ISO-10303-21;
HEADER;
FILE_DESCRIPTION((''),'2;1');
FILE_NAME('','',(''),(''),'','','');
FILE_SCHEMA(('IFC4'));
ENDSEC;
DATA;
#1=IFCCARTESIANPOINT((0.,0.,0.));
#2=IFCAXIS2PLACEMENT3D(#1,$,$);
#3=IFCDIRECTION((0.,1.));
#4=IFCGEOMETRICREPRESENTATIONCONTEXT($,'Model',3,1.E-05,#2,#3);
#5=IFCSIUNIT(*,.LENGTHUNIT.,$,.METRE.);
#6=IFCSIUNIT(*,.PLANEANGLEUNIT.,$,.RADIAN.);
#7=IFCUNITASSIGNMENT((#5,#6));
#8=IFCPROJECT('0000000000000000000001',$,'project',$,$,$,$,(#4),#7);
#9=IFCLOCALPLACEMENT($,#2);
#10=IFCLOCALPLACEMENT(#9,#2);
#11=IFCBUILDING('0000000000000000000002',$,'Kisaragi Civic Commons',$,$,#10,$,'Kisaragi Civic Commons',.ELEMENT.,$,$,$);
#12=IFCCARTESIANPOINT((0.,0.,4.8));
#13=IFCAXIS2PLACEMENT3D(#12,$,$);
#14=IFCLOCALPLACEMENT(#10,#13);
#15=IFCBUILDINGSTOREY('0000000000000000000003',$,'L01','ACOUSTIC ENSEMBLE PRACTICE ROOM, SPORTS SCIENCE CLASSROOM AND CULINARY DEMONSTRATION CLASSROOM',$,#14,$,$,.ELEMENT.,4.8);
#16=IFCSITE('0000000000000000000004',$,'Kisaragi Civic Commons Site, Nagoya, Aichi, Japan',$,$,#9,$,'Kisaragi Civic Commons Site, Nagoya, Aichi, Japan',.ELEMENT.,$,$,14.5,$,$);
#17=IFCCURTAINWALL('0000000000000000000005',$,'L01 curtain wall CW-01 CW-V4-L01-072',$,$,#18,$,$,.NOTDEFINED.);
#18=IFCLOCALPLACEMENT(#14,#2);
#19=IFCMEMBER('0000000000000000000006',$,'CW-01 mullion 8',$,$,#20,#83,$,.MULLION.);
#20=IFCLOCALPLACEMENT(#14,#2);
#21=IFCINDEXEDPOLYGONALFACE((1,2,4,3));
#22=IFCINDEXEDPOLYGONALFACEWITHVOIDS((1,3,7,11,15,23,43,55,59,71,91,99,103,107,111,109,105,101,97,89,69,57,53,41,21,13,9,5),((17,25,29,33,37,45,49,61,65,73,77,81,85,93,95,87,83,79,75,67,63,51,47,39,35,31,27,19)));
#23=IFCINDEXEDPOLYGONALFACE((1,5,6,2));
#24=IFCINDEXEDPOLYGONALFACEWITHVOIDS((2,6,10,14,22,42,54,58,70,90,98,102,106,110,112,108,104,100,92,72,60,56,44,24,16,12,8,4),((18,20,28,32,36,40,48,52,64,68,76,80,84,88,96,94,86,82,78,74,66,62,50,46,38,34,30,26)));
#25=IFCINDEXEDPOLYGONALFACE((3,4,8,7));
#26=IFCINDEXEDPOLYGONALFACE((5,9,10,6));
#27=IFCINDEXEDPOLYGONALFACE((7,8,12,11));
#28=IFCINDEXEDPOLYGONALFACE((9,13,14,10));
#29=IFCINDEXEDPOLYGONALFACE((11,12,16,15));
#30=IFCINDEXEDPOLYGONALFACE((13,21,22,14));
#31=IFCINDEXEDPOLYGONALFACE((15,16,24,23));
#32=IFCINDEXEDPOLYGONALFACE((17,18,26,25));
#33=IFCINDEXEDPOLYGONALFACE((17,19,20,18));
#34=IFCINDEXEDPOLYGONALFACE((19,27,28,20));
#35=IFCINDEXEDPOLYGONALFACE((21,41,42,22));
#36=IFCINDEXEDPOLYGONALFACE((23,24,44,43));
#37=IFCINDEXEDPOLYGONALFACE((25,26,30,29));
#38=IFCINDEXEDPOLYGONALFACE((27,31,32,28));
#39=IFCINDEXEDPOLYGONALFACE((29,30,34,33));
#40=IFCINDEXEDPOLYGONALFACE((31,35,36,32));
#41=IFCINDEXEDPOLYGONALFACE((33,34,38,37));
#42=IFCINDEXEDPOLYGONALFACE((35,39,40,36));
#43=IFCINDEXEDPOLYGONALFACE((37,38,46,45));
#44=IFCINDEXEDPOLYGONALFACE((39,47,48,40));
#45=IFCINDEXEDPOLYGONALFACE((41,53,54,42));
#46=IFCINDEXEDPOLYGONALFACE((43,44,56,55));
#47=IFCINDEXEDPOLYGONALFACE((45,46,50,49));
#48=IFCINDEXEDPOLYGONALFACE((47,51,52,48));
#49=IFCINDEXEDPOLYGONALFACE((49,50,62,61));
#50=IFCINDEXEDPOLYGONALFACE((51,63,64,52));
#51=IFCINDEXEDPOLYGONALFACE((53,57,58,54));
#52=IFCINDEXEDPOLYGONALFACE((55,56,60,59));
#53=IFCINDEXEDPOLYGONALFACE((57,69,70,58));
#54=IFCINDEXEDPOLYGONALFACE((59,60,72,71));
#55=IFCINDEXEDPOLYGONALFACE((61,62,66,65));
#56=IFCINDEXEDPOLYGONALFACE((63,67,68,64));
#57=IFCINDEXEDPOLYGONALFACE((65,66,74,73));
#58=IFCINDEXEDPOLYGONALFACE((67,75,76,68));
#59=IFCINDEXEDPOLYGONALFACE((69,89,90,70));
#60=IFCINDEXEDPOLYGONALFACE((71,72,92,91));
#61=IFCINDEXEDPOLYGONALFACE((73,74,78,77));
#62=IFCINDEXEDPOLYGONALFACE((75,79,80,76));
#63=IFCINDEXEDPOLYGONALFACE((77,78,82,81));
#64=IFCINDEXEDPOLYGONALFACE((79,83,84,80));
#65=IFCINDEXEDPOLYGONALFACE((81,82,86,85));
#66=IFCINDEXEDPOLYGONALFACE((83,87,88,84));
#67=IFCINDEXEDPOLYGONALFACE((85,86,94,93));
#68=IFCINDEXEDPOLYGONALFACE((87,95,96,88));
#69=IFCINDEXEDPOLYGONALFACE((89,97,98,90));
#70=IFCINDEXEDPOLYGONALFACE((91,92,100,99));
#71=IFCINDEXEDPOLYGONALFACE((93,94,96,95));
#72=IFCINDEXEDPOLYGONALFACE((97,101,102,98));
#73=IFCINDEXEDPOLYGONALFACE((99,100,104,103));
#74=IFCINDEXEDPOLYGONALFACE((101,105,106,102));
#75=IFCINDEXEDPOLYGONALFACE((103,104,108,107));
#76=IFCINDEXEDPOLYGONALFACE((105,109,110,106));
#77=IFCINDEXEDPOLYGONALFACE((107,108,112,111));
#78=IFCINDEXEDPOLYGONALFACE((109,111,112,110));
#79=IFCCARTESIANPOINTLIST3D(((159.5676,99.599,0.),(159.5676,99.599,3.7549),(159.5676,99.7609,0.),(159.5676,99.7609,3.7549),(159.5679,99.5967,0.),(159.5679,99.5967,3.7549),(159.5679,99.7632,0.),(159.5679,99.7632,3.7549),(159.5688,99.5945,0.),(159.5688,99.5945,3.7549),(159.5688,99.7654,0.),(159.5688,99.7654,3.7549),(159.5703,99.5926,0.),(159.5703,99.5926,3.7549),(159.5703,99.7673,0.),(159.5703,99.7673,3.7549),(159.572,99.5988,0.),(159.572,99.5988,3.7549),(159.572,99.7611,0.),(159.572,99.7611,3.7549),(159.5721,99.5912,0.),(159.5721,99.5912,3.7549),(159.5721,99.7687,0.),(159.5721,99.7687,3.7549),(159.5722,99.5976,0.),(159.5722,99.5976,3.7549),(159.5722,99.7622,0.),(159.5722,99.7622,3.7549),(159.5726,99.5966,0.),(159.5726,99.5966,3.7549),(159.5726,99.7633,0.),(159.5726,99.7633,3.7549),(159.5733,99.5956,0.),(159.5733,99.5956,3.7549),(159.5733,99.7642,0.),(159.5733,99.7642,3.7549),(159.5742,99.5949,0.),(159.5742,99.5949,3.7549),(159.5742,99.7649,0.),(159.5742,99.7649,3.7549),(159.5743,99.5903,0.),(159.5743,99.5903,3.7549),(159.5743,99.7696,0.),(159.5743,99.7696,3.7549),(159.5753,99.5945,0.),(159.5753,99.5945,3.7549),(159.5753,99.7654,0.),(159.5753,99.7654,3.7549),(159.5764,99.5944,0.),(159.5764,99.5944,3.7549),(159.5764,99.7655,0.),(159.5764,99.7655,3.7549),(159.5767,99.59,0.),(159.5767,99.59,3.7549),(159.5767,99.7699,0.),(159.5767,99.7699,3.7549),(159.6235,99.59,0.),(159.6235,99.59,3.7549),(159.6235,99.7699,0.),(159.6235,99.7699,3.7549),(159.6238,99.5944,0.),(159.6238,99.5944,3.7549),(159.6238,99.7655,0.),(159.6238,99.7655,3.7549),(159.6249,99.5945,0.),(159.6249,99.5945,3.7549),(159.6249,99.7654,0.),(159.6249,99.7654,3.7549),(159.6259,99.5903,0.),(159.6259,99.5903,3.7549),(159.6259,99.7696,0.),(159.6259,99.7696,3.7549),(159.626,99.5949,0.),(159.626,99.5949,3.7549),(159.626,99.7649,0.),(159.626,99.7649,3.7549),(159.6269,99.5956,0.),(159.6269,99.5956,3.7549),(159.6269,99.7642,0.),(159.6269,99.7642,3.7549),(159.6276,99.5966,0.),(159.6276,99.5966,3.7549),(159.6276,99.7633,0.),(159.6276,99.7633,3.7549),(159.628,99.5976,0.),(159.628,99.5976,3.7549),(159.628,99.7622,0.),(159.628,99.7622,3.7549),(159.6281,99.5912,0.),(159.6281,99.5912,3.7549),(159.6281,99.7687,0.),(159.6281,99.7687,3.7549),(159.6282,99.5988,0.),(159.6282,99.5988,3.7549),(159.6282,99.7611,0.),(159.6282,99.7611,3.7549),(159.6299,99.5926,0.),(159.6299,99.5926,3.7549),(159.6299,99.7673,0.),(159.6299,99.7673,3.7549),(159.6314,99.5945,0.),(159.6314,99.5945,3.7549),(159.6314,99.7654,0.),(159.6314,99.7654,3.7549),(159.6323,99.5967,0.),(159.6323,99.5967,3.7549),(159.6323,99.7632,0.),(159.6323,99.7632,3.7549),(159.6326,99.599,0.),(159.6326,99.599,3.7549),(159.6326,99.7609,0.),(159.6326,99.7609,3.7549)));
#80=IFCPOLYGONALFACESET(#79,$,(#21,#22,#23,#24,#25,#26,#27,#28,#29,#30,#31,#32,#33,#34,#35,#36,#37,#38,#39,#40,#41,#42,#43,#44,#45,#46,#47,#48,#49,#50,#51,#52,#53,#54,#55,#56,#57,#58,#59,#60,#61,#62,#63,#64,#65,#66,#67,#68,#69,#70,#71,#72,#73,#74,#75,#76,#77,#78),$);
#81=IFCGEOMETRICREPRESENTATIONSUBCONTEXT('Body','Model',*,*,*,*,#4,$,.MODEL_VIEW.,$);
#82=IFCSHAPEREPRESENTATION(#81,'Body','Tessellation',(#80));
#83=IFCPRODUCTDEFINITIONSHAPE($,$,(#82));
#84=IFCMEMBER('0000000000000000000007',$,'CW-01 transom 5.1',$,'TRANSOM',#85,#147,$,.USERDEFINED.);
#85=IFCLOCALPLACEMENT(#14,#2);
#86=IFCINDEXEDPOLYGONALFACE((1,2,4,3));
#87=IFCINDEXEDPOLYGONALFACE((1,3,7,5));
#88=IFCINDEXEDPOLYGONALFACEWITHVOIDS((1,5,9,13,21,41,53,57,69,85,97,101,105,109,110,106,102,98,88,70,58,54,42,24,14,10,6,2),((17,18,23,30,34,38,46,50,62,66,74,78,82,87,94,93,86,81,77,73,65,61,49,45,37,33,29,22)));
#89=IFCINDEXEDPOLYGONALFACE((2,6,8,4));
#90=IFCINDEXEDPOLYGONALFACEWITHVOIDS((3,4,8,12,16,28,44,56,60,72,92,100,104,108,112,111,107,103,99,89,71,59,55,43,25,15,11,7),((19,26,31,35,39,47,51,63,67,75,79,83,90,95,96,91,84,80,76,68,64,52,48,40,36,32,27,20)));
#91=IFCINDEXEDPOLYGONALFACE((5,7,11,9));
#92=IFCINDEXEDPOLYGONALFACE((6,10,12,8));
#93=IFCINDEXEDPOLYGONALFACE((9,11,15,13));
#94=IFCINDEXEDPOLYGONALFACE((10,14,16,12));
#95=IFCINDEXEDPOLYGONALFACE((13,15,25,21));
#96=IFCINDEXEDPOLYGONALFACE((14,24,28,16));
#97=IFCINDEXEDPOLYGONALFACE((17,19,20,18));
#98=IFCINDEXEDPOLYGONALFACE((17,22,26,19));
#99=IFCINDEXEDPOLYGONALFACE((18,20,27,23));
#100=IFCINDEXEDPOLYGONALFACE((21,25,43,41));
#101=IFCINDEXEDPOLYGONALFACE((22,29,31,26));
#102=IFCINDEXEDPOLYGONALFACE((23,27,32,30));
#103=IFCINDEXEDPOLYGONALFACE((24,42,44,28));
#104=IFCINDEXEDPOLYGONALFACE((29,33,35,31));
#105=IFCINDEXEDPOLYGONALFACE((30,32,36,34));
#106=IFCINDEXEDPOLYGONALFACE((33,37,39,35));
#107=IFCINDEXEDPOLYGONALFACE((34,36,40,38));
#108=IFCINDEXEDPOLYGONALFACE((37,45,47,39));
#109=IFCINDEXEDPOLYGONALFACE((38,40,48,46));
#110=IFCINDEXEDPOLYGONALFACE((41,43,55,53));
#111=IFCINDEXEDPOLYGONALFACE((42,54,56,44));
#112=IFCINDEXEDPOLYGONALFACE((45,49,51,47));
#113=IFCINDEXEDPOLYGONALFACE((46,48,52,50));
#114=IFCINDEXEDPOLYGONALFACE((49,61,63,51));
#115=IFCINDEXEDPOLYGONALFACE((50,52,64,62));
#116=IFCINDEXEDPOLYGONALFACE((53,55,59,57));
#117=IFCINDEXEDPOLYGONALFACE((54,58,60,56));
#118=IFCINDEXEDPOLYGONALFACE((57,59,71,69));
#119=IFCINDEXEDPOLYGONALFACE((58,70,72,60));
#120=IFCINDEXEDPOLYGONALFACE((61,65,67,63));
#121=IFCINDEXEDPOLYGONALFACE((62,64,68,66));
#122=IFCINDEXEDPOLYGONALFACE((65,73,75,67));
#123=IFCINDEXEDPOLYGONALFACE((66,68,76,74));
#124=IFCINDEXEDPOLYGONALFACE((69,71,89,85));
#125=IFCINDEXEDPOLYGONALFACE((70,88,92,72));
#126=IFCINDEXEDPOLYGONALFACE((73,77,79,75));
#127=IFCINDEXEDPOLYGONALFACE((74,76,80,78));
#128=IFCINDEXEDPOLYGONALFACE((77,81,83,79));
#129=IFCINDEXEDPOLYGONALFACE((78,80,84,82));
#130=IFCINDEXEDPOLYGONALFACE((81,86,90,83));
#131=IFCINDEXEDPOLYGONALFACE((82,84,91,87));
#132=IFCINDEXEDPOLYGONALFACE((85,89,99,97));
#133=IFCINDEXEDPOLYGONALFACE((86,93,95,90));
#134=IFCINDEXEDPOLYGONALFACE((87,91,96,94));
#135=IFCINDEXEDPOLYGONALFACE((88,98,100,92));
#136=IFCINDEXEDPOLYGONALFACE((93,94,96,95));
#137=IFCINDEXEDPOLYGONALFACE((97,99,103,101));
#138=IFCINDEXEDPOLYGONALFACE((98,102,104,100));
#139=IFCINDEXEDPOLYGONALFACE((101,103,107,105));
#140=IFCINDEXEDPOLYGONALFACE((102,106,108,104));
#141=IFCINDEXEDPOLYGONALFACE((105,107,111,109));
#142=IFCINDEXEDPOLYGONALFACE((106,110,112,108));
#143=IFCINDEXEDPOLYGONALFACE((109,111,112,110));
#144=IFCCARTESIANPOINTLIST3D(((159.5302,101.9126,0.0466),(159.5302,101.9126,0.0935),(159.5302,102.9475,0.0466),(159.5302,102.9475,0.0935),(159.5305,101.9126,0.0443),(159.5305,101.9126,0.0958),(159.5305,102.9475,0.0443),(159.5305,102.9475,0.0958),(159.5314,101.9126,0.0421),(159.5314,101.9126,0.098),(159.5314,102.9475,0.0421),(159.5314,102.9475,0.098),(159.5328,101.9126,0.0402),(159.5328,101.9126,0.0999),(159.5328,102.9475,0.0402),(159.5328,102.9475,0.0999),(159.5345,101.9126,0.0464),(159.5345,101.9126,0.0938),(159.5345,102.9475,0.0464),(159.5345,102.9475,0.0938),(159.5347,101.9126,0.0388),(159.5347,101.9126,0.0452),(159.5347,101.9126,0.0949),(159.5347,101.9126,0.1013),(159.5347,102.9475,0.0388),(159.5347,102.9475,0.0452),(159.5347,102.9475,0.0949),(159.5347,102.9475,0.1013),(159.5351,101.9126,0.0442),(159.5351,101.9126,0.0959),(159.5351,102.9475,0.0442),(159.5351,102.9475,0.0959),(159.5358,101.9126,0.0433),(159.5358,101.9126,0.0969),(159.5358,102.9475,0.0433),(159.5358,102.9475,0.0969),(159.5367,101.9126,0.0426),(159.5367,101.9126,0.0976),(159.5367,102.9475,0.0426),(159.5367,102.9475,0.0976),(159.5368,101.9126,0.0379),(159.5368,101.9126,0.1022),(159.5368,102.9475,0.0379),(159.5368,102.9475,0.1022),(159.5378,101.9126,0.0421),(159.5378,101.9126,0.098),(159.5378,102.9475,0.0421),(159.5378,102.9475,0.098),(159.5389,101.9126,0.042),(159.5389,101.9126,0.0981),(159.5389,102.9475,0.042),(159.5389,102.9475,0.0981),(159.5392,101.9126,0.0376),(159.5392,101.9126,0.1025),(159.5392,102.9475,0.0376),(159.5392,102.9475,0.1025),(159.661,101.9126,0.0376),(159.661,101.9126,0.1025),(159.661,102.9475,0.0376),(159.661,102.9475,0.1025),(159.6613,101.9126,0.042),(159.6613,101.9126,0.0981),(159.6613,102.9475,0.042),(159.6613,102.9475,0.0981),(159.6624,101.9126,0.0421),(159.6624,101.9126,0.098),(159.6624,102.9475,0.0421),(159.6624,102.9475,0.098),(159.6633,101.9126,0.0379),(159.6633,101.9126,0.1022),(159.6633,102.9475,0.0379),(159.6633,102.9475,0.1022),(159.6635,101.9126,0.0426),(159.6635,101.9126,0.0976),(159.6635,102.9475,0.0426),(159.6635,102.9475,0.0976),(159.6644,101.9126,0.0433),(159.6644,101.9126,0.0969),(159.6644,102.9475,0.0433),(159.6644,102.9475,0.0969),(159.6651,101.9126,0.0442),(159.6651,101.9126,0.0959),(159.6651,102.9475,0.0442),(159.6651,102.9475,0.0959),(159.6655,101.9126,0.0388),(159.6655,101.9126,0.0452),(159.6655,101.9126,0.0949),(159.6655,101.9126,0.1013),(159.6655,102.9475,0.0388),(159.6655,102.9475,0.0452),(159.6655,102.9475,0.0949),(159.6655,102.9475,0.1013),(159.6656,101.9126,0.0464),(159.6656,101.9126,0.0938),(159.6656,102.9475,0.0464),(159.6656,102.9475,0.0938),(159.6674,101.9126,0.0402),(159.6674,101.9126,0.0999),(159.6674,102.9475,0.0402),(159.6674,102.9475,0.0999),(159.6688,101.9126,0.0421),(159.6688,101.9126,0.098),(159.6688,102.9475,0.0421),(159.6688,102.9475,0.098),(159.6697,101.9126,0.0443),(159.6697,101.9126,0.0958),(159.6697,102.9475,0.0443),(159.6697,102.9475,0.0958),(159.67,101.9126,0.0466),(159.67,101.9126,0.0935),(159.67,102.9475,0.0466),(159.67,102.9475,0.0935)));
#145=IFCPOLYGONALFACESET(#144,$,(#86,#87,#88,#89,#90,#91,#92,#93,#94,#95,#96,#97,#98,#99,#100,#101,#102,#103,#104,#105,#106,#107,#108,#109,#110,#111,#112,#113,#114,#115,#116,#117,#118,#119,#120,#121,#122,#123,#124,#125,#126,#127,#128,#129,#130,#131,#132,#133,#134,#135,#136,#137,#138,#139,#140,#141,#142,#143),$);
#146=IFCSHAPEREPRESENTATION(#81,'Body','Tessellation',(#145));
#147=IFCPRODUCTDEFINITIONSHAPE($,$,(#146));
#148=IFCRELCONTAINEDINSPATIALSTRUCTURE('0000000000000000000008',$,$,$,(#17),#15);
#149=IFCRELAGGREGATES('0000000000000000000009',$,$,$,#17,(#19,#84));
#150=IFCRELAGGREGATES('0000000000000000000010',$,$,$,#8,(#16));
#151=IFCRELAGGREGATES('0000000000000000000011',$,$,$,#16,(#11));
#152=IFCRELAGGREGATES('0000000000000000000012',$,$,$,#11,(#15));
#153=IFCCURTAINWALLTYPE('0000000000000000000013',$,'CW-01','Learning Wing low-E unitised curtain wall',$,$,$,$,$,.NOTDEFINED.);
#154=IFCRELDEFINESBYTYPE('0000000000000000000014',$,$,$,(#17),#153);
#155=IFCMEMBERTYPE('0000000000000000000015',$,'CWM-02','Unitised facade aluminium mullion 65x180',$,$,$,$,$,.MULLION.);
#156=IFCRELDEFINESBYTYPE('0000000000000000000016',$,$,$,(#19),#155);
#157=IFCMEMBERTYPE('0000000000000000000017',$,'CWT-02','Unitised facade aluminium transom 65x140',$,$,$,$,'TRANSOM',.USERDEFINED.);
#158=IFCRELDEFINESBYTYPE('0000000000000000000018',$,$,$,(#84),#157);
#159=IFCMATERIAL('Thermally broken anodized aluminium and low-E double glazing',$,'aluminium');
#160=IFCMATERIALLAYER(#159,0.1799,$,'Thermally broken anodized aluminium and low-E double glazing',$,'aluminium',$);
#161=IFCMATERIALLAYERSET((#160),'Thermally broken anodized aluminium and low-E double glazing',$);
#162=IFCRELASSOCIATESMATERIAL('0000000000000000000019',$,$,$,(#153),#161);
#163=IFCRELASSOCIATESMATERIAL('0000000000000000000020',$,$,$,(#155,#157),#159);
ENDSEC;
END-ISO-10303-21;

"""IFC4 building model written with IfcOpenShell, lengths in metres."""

from ifc_helpers import new_model, si_unit, direction, frame, origin, origin_2d, place, context, subcontext, project, spatial, hollow_rectangle, extrude, material, layer, layer_set, material_profile, profile_set, type_object, element, aggregate, save


model = new_model("IFC4")

# Units and contexts
model_context = context("Model", 3, precision=1e-05, world=origin(), true_north=direction((0.0, 1.0)))
body_context = subcontext(model_context, "Body", "Model", "MODEL_VIEW")
ifc_project = project(units=[si_unit("LENGTHUNIT", "METRE"), si_unit("PLANEANGLEUNIT", "RADIAN")], contexts=[model_context])

# Site, building, storey
site_placement = place(None, origin())
site = spatial("IfcSite", under=ifc_project, at=site_placement, Name="Kisaragi Civic Commons Site, Nagoya, Aichi, Japan", LongName="Kisaragi Civic Commons Site, Nagoya, Aichi, Japan", CompositionType="ELEMENT", RefElevation=14.5)
building_placement = place(site_placement, origin())
building = spatial("IfcBuilding", under=site, at=building_placement, Name="Kisaragi Civic Commons", LongName="Kisaragi Civic Commons", CompositionType="ELEMENT")
storey_placement = place(building_placement, frame((0.0, 0.0, 4.8)))
storey = spatial("IfcBuildingStorey", under=building, at=storey_placement, Name="L01", Description="ACOUSTIC ENSEMBLE PRACTICE ROOM, SPORTS SCIENCE CLASSROOM AND CULINARY DEMONSTRATION CLASSROOM", CompositionType="ELEMENT", Elevation=4.8)

# Curtain wall, members
ifc_material = material(Name="Thermally broken anodized aluminium and low-E double glazing", Category="aluminium")
ifc_layer_1 = layer(ifc_material, 0.1799, Name="Thermally broken anodized aluminium and low-E double glazing", Category="aluminium")
ifc_layer_set_1 = layer_set([ifc_layer_1], Name="Thermally broken anodized aluminium and low-E double glazing")
curtain_wall_type = type_object("IfcCurtainWallType", Name="CW-01", Description="Learning Wing low-E unitised curtain wall", PredefinedType="NOTDEFINED", material=ifc_layer_set_1)
curtain_wall_placement = place(storey_placement, origin())
curtain_wall = element("IfcCurtainWall", 1, at=curtain_wall_placement, inside=storey, type_object=curtain_wall_type, Name="L01 curtain wall CW-01 CW-V4-L01-072", PredefinedType="NOTDEFINED")
ifc_material_profile_1 = material_profile(ifc_material, hollow_rectangle(XDim=0.0649, YDim=0.1799, WallThickness=0.0044, InnerFilletRadius=0.0044, OuterFilletRadius=0.009, at=origin_2d()), Name="CWM-65x180x4.5", Category="aluminium")
ifc_profile_set_1 = profile_set([ifc_material_profile_1], Name="Thermally broken anodized aluminium and low-E double glazing")
member_type_1 = type_object("IfcMemberType", Name="CWM-02", Description="Unitised facade aluminium mullion 65x180", PredefinedType="MULLION", material=ifc_profile_set_1)
member_1_placement = place(storey_placement, frame((159.6001, 99.6799, 0.0), z_axis=(0.0, 0.0, 1.0), x_axis=(1.0, 0.0, 0.0)))
member_1 = element("IfcMember", 2, at=member_1_placement, type_object=member_type_1, Name="CW-01 mullion 8", PredefinedType="MULLION", context=body_context, shape_type="SweptSolid", body=[
    extrude(hollow_rectangle(XDim=0.0649, YDim=0.1799, WallThickness=0.0044, InnerFilletRadius=0.0044, OuterFilletRadius=0.009, at=origin_2d()), origin(), (0.0, 0.0, 1.0), 3.7549),
])
ifc_material_profile_2 = material_profile(ifc_material, hollow_rectangle(XDim=0.1399, YDim=0.0649, WallThickness=0.0044, InnerFilletRadius=0.0044, OuterFilletRadius=0.009, at=origin_2d()), Name="CWT-65x140x4.5", Category="aluminium")
ifc_profile_set_2 = profile_set([ifc_material_profile_2], Name="Thermally broken anodized aluminium and low-E double glazing")
member_type_2 = type_object("IfcMemberType", Name="CWT-02", Description="Unitised facade aluminium transom 65x140", ElementType="TRANSOM", PredefinedType="USERDEFINED", material=ifc_profile_set_2)
member_2_placement = place(storey_placement, frame((159.6001, 102.9475, 0.0701), z_axis=(0.0, -1.0, 0.0), x_axis=(1.0, 0.0, 0.0)))
member_2 = element("IfcMember", 3, at=member_2_placement, type_object=member_type_2, Name="CW-01 transom 5.1", ObjectType="TRANSOM", PredefinedType="USERDEFINED", context=body_context, shape_type="SweptSolid", body=[
    extrude(hollow_rectangle(XDim=0.1399, YDim=0.0649, WallThickness=0.0044, InnerFilletRadius=0.0044, OuterFilletRadius=0.009, at=origin_2d()), origin(), (0.0, 0.0, 1.0), 1.0349),
])
aggregate(curtain_wall, [member_1, member_2])

save(model, "model.ifc")
